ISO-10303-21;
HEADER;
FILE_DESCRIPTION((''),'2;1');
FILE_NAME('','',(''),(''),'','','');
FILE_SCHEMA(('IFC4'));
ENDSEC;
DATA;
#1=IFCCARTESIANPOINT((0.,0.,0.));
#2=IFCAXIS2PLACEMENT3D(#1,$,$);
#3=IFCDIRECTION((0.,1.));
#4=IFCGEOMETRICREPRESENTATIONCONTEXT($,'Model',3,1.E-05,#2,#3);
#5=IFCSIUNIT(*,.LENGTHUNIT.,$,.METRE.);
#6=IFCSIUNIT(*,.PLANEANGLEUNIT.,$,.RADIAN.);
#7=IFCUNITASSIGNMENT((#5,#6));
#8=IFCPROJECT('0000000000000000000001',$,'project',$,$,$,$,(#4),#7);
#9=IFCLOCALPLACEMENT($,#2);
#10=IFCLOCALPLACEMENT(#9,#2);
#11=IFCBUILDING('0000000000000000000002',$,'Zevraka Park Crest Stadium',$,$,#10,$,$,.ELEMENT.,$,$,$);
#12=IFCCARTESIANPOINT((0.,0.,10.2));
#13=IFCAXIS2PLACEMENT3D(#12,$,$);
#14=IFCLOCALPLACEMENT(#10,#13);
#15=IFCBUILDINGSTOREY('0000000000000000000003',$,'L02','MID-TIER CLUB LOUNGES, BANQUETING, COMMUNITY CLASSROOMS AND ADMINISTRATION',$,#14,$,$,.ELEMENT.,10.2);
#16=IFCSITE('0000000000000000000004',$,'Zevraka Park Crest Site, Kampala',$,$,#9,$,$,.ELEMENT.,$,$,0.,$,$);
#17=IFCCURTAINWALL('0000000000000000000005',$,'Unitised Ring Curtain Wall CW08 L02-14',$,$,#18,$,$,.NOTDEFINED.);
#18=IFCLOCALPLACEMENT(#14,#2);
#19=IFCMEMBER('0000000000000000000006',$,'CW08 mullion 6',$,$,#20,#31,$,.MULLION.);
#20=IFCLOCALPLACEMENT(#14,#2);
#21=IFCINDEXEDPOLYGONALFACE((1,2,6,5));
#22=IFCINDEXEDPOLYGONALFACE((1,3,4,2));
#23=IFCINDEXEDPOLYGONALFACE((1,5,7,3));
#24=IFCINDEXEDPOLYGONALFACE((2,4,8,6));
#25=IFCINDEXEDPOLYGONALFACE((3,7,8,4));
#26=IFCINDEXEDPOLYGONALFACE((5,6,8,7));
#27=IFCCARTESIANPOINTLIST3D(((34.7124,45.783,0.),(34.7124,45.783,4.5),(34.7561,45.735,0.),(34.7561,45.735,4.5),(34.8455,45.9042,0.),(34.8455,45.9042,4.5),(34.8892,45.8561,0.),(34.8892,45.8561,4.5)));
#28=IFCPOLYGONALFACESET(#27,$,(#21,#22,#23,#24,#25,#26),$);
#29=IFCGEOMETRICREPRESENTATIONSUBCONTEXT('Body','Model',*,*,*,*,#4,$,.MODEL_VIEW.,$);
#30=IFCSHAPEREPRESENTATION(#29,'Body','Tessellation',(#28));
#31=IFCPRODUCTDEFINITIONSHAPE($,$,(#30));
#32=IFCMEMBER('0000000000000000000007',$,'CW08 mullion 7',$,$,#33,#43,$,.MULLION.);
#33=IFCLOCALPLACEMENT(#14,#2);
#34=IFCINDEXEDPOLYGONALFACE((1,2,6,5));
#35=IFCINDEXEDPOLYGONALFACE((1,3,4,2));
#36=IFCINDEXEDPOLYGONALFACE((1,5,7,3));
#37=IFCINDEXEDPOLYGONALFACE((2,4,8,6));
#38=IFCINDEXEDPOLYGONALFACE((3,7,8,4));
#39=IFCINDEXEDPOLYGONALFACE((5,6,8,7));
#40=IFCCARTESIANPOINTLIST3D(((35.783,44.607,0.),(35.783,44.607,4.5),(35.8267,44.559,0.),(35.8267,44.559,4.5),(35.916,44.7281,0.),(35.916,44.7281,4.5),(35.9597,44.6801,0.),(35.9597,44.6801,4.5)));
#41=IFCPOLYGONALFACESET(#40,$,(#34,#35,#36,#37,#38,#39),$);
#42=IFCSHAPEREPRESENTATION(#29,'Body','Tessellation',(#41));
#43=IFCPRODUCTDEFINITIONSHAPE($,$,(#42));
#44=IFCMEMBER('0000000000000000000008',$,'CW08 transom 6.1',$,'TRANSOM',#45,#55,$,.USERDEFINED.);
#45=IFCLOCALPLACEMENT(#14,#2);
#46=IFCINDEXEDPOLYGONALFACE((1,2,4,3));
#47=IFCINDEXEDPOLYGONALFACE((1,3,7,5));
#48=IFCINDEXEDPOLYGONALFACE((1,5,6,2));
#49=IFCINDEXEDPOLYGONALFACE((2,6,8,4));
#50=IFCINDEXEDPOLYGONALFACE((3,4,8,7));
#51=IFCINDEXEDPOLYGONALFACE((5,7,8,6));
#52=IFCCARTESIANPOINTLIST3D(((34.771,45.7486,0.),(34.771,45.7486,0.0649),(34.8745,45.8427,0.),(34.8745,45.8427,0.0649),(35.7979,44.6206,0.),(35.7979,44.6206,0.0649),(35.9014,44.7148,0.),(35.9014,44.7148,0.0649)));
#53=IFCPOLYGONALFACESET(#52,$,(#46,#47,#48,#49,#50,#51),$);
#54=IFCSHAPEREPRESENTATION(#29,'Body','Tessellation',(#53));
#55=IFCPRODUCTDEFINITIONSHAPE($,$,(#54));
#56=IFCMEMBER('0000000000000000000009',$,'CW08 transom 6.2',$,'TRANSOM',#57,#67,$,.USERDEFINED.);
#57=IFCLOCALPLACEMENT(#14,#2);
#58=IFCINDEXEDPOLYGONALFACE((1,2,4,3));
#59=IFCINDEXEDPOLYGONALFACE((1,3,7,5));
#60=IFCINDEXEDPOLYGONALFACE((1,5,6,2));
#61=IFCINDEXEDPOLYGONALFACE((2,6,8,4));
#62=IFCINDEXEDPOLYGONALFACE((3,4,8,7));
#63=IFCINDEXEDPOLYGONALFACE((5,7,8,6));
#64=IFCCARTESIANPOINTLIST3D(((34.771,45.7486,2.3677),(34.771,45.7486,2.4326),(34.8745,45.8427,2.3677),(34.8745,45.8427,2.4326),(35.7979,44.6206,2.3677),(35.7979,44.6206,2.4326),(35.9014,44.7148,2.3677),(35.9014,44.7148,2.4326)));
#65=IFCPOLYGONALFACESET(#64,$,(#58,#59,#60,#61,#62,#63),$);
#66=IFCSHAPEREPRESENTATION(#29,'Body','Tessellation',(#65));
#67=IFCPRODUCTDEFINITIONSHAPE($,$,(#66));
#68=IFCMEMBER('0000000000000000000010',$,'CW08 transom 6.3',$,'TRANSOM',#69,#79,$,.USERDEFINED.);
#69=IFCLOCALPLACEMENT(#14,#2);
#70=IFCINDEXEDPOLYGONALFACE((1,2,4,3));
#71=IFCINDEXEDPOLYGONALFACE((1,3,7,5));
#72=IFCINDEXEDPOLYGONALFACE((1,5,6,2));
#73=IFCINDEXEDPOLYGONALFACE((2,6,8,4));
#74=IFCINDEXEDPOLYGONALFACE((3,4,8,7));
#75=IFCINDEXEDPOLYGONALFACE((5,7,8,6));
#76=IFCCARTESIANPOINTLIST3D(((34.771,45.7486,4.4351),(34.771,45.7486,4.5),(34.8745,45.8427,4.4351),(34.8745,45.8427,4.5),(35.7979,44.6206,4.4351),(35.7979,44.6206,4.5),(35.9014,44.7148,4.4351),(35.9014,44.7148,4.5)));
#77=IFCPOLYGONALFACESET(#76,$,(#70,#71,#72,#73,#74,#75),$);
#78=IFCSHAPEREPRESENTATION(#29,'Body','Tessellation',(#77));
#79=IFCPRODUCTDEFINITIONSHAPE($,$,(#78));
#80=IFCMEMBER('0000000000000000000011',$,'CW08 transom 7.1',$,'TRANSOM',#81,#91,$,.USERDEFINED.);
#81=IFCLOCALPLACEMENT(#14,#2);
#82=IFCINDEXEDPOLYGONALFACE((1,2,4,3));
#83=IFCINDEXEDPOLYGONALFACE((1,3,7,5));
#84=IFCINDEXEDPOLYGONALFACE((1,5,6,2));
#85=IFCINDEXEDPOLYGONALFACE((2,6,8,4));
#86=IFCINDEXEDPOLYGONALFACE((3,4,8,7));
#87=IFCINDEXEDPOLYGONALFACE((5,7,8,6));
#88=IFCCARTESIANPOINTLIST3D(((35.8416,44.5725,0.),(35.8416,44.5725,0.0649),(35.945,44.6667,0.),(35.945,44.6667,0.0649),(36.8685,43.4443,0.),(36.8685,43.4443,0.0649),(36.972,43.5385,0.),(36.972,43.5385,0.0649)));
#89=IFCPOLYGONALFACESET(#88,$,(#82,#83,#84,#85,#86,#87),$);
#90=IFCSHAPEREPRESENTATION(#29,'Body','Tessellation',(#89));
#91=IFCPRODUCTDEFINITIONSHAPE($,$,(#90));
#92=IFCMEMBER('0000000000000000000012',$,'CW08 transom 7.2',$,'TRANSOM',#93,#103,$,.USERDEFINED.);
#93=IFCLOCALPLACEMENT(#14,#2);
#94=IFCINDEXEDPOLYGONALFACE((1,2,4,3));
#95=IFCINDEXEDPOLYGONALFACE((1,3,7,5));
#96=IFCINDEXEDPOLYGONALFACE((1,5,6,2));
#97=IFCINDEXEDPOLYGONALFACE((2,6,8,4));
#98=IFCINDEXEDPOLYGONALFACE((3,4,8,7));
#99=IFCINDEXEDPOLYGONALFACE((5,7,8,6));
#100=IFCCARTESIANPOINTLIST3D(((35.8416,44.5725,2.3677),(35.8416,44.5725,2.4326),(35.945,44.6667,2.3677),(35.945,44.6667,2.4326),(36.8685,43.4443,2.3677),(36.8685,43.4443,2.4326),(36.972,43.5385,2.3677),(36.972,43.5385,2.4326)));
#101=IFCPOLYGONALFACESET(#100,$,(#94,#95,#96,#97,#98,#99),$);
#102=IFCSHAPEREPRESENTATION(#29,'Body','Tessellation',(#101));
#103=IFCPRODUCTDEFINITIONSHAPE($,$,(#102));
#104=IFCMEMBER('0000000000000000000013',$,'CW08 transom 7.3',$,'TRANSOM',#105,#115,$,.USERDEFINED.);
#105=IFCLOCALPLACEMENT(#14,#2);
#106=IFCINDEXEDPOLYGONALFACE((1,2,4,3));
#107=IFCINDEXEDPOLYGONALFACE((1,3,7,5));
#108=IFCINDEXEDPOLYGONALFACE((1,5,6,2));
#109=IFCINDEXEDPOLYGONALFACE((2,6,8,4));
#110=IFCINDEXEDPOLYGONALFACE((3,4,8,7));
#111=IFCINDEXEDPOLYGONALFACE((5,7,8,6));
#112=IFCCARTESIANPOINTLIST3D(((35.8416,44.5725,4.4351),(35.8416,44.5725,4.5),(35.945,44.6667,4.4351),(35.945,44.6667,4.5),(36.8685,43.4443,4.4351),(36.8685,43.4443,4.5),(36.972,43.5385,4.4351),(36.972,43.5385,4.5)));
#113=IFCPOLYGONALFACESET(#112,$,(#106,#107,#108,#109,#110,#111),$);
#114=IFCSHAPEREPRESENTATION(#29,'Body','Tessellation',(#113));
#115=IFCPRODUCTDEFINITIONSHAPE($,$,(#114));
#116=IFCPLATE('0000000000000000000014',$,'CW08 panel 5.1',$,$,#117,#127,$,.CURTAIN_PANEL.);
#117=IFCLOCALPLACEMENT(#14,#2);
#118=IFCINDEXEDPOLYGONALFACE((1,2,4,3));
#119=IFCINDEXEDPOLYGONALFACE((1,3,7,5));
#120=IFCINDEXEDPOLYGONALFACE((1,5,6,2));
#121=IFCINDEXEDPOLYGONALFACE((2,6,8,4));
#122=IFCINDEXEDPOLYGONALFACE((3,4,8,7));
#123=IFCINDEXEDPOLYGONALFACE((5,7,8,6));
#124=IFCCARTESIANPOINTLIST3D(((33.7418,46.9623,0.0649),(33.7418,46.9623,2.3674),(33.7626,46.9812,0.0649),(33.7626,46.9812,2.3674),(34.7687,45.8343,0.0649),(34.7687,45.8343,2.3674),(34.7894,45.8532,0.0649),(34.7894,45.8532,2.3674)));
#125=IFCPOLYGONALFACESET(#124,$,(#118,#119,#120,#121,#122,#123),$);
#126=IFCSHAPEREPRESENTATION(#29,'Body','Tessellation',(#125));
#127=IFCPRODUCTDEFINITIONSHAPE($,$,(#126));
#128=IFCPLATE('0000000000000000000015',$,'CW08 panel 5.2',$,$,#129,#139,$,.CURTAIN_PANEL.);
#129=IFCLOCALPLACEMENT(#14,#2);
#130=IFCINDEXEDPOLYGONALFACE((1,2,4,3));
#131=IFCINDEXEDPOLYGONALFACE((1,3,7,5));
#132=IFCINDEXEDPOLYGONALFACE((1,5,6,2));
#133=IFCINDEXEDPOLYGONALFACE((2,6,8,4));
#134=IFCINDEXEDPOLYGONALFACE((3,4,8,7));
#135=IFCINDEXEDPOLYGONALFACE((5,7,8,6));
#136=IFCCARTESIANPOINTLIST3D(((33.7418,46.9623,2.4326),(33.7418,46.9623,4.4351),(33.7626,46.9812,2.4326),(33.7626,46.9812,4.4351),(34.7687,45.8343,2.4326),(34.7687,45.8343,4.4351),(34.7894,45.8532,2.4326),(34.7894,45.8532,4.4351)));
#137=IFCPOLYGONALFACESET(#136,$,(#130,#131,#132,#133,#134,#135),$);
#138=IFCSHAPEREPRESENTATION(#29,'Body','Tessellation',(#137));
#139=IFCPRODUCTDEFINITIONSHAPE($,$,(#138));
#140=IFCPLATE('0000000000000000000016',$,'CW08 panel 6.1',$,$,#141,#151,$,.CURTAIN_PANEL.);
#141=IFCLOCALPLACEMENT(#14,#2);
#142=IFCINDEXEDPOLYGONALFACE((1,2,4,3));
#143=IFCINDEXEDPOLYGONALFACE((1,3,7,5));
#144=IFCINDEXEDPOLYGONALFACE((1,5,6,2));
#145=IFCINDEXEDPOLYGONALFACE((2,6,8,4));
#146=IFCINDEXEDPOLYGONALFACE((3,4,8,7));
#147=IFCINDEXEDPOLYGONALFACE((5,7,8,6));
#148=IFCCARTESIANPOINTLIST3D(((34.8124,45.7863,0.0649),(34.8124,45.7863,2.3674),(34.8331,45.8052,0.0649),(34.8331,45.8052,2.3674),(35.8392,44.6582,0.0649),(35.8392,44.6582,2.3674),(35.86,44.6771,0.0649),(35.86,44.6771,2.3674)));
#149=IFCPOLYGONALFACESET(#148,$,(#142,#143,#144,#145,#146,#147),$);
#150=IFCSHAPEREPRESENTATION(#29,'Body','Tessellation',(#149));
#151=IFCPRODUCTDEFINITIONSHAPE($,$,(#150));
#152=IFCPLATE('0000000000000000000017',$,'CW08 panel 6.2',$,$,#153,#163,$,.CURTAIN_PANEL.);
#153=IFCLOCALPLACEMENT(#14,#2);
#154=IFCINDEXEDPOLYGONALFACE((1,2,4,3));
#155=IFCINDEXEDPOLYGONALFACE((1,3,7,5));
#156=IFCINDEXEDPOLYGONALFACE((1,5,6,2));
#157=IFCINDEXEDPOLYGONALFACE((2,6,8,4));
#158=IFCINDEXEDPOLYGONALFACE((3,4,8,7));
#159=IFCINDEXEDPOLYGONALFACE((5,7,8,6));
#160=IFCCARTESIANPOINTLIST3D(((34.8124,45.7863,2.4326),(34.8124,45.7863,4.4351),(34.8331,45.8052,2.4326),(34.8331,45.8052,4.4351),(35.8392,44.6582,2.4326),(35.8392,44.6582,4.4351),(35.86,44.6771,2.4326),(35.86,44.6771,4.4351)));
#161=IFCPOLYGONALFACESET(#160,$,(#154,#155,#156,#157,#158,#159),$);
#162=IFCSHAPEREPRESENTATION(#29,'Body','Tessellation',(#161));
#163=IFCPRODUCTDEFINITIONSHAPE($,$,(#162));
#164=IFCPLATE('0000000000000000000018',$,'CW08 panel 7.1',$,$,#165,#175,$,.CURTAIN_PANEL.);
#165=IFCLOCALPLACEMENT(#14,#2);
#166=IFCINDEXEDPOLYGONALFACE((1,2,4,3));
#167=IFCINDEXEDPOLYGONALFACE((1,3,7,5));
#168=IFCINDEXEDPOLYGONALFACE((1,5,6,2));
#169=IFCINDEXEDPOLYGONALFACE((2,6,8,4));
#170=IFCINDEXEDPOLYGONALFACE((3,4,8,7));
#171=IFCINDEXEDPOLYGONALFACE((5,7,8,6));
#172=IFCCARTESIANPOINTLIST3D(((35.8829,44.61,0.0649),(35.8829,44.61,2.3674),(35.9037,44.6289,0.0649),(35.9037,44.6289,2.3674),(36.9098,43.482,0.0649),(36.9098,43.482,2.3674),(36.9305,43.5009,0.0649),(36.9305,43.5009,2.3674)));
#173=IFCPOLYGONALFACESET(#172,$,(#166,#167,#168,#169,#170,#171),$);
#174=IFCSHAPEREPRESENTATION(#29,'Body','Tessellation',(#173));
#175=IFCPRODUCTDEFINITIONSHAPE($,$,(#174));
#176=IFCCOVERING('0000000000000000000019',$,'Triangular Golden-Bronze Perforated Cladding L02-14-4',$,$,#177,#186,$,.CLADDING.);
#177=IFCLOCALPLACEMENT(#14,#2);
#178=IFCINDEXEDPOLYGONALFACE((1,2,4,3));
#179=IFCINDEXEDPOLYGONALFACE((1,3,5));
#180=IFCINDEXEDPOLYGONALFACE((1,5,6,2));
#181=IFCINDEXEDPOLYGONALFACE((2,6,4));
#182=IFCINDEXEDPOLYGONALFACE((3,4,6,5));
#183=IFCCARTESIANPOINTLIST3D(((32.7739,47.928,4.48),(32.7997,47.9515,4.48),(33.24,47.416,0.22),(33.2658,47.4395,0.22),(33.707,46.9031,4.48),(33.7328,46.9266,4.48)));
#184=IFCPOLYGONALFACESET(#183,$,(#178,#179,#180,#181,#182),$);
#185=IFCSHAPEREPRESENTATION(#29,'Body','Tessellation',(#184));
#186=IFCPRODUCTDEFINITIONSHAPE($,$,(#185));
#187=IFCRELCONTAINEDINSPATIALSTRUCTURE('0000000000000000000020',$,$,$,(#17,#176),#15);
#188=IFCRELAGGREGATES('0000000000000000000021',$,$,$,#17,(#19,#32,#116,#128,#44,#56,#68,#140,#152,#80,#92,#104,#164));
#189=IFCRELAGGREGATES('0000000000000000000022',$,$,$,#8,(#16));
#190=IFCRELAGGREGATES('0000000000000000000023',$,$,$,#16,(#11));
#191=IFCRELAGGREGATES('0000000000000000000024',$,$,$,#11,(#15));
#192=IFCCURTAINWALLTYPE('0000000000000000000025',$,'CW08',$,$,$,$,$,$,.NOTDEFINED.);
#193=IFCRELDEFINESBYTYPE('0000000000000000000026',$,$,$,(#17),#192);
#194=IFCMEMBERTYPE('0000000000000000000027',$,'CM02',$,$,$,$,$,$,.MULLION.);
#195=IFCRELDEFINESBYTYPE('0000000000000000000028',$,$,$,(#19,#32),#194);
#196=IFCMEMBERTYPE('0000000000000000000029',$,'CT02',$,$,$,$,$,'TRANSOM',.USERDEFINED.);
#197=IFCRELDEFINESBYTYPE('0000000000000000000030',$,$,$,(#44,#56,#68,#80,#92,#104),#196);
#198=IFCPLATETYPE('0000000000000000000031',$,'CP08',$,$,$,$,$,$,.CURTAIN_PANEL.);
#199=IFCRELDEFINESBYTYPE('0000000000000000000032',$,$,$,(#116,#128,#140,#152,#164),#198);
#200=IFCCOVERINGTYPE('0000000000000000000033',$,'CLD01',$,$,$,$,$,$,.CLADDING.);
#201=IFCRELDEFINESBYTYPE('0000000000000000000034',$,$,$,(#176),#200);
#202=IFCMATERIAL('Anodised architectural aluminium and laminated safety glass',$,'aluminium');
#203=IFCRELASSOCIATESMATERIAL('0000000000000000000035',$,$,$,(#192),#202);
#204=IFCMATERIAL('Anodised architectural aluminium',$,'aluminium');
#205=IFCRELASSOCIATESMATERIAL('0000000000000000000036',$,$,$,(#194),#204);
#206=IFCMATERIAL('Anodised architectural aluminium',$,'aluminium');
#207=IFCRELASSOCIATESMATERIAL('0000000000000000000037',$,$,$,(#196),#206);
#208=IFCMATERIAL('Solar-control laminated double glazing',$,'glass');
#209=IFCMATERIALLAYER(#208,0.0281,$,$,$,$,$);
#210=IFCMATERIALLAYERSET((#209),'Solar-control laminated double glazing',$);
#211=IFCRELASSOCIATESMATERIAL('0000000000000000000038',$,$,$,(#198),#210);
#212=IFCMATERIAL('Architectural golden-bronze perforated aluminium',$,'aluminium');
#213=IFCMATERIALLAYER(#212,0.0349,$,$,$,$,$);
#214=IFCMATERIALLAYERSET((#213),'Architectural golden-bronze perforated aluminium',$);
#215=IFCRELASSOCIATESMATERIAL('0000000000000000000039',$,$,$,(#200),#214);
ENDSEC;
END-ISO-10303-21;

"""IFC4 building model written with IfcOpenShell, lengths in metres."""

from ifc_helpers import new_model, si_unit, direction, frame, origin, origin_2d, place, context, subcontext, project, spatial, polyline, rectangle, outline, extrude, material, layer, layer_set, material_profile, profile_set, type_object, element, aggregate, save


model = new_model("IFC4")

# Units and contexts
model_context = context("Model", 3, precision=1e-05, world=origin(), true_north=direction((0.0, 1.0)))
body_context = subcontext(model_context, "Body", "Model", "MODEL_VIEW")
ifc_project = project(units=[si_unit("LENGTHUNIT", "METRE"), si_unit("PLANEANGLEUNIT", "RADIAN")], contexts=[model_context])

# Site, building, storey
site_placement = place(None, origin())
site = spatial("IfcSite", under=ifc_project, at=site_placement, Name="Zevraka Park Crest Site, Kampala", CompositionType="ELEMENT", RefElevation=0.0)
building_placement = place(site_placement, origin())
building = spatial("IfcBuilding", under=site, at=building_placement, Name="Zevraka Park Crest Stadium", CompositionType="ELEMENT")
storey_placement = place(building_placement, frame((0.0, 0.0, 10.2)))
storey = spatial("IfcBuildingStorey", under=building, at=storey_placement, Name="L02", Description="MID-TIER CLUB LOUNGES, BANQUETING, COMMUNITY CLASSROOMS AND ADMINISTRATION", CompositionType="ELEMENT", Elevation=10.2)

# Curtain wall, members, plates
ifc_material_1 = material(Name="Anodised architectural aluminium and laminated safety glass", Category="aluminium")
curtain_wall_type = type_object("IfcCurtainWallType", Name="CW08", PredefinedType="NOTDEFINED", material=ifc_material_1)
curtain_wall_placement = place(storey_placement, origin())
curtain_wall = element("IfcCurtainWall", 1, at=curtain_wall_placement, inside=storey, type_object=curtain_wall_type, Name="Unitised Ring Curtain Wall CW08 L02-14", PredefinedType="NOTDEFINED")
ifc_material_2 = material(Name="Anodised architectural aluminium", Category="aluminium")
ifc_material_profile_1 = material_profile(ifc_material_2, rectangle(XDim=0.1799, YDim=0.0649, at=origin_2d()), Name="ALU MULLION 180x65")
ifc_profile_set_1 = profile_set([ifc_material_profile_1], Name="Anodised architectural aluminium")
member_type_1 = type_object("IfcMemberType", Name="CM02", PredefinedType="MULLION", material=ifc_profile_set_1)
member_1_placement = place(storey_placement, frame((34.8008, 45.8196, 0.0), z_axis=(0.0, 0.0, 1.0), x_axis=(0.739497, 0.67316, 0.0)))
member_1 = element("IfcMember", 2, at=member_1_placement, type_object=member_type_1, Name="CW08 mullion 6", PredefinedType="MULLION", context=body_context, shape_type="SweptSolid", body=[
    extrude(rectangle(XDim=0.1799, YDim=0.0649, at=origin_2d()), origin(), (0.0, 0.0, 1.0), 4.5),
])
member_2_placement = place(storey_placement, frame((35.8713, 44.6436, 0.0), z_axis=(0.0, 0.0, 1.0), x_axis=(0.739497, 0.67316, 0.0)))
member_2 = element("IfcMember", 3, at=member_2_placement, type_object=member_type_1, Name="CW08 mullion 7", PredefinedType="MULLION", context=body_context, shape_type="SweptSolid", body=[
    extrude(rectangle(XDim=0.1799, YDim=0.0649, at=origin_2d()), origin(), (0.0, 0.0, 1.0), 4.5),
])
ifc_material_3 = material(Name="Anodised architectural aluminium", Category="aluminium")
ifc_material_profile_2 = material_profile(ifc_material_3, rectangle(XDim=0.1399, YDim=0.0649, at=origin_2d()), Name="ALU TRANSOM 140x65")
ifc_profile_set_2 = profile_set([ifc_material_profile_2], Name="Anodised architectural aluminium")
member_type_2 = type_object("IfcMemberType", Name="CT02", ElementType="TRANSOM", PredefinedType="USERDEFINED", material=ifc_profile_set_2)
member_3_placement = place(storey_placement, frame((34.8228, 45.7957, 0.0325), z_axis=(0.673198, -0.739462, 0.0), x_axis=(0.739462, 0.673198, 0.0)))
member_3 = element("IfcMember", 4, at=member_3_placement, type_object=member_type_2, Name="CW08 transom 6.1", ObjectType="TRANSOM", PredefinedType="USERDEFINED", context=body_context, shape_type="SweptSolid", body=[
    extrude(rectangle(XDim=0.1399, YDim=0.0649, at=origin_2d()), origin(), (0.0, 0.0, 1.0), 1.5254),
])
member_4_placement = place(storey_placement, frame((34.8228, 45.7957, 2.4001), z_axis=(0.673198, -0.739462, 0.0), x_axis=(0.739462, 0.673198, 0.0)))
member_4 = element("IfcMember", 5, at=member_4_placement, type_object=member_type_2, Name="CW08 transom 6.2", ObjectType="TRANSOM", PredefinedType="USERDEFINED", context=body_context, shape_type="SweptSolid", body=[
    extrude(rectangle(XDim=0.1399, YDim=0.0649, at=origin_2d()), origin(), (0.0, 0.0, 1.0), 1.5254),
])
member_5_placement = place(storey_placement, frame((34.8228, 45.7957, 4.4675), z_axis=(0.673198, -0.739462, 0.0), x_axis=(0.739462, 0.673198, 0.0)))
member_5 = element("IfcMember", 6, at=member_5_placement, type_object=member_type_2, Name="CW08 transom 6.3", ObjectType="TRANSOM", PredefinedType="USERDEFINED", context=body_context, shape_type="SweptSolid", body=[
    extrude(rectangle(XDim=0.1399, YDim=0.0649, at=origin_2d()), origin(), (0.0, 0.0, 1.0), 1.5254),
])
member_6_placement = place(storey_placement, frame((35.8933, 44.6196, 0.0325), z_axis=(0.673119, -0.739534, 0.0), x_axis=(0.739534, 0.673119, 0.0)))
member_6 = element("IfcMember", 7, at=member_6_placement, type_object=member_type_2, Name="CW08 transom 7.1", ObjectType="TRANSOM", PredefinedType="USERDEFINED", context=body_context, shape_type="SweptSolid", body=[
    extrude(rectangle(XDim=0.1399, YDim=0.0649, at=origin_2d()), origin(), (0.0, 0.0, 1.0), 1.5256),
])
member_7_placement = place(storey_placement, frame((35.8933, 44.6196, 2.4001), z_axis=(0.673119, -0.739534, 0.0), x_axis=(0.739534, 0.673119, 0.0)))
member_7 = element("IfcMember", 8, at=member_7_placement, type_object=member_type_2, Name="CW08 transom 7.2", ObjectType="TRANSOM", PredefinedType="USERDEFINED", context=body_context, shape_type="SweptSolid", body=[
    extrude(rectangle(XDim=0.1399, YDim=0.0649, at=origin_2d()), origin(), (0.0, 0.0, 1.0), 1.5256),
])
member_8_placement = place(storey_placement, frame((35.8933, 44.6196, 4.4675), z_axis=(0.673119, -0.739534, 0.0), x_axis=(0.739534, 0.673119, 0.0)))
member_8 = element("IfcMember", 9, at=member_8_placement, type_object=member_type_2, Name="CW08 transom 7.3", ObjectType="TRANSOM", PredefinedType="USERDEFINED", context=body_context, shape_type="SweptSolid", body=[
    extrude(rectangle(XDim=0.1399, YDim=0.0649, at=origin_2d()), origin(), (0.0, 0.0, 1.0), 1.5256),
])
ifc_material_4 = material(Name="Solar-control laminated double glazing", Category="glass")
ifc_layer_1 = layer(ifc_material_4, 0.0281)
ifc_layer_set_1 = layer_set([ifc_layer_1], Name="Solar-control laminated double glazing")
plate_type = type_object("IfcPlateType", Name="CP08", PredefinedType="CURTAIN_PANEL", material=ifc_layer_set_1)
plate_1_placement = place(storey_placement, frame((34.2656, 46.4077, 0.0649), z_axis=(0.0, 0.0, 1.0), x_axis=(0.67316, -0.739497, 0.0)))
plate_1 = element("IfcPlate", 10, at=plate_1_placement, type_object=plate_type, Name="CW08 panel 5.1", PredefinedType="CURTAIN_PANEL", context=body_context, shape_type="SweptSolid", body=[
    extrude(rectangle(XDim=1.5254, YDim=0.0281, at=origin_2d()), origin(), (0.0, 0.0, 1.0), 2.3025),
])
plate_2_placement = place(storey_placement, frame((34.2656, 46.4077, 2.4326), z_axis=(0.0, 0.0, 1.0), x_axis=(0.67316, -0.739497, 0.0)))
plate_2 = element("IfcPlate", 11, at=plate_2_placement, type_object=plate_type, Name="CW08 panel 5.2", PredefinedType="CURTAIN_PANEL", context=body_context, shape_type="SweptSolid", body=[
    extrude(rectangle(XDim=1.5254, YDim=0.0281, at=origin_2d()), origin(), (0.0, 0.0, 1.0), 2.0024),
])
plate_3_placement = place(storey_placement, frame((35.3362, 45.2317, 0.0649), z_axis=(0.0, 0.0, 1.0), x_axis=(0.67316, -0.739497, 0.0)))
plate_3 = element("IfcPlate", 12, at=plate_3_placement, type_object=plate_type, Name="CW08 panel 6.1", PredefinedType="CURTAIN_PANEL", context=body_context, shape_type="SweptSolid", body=[
    extrude(rectangle(XDim=1.5254, YDim=0.0281, at=origin_2d()), origin(), (0.0, 0.0, 1.0), 2.3025),
])
plate_4_placement = place(storey_placement, frame((35.3362, 45.2317, 2.4326), z_axis=(0.0, 0.0, 1.0), x_axis=(0.67316, -0.739497, 0.0)))
plate_4 = element("IfcPlate", 13, at=plate_4_placement, type_object=plate_type, Name="CW08 panel 6.2", PredefinedType="CURTAIN_PANEL", context=body_context, shape_type="SweptSolid", body=[
    extrude(rectangle(XDim=1.5254, YDim=0.0281, at=origin_2d()), origin(), (0.0, 0.0, 1.0), 2.0024),
])
plate_5_placement = place(storey_placement, frame((36.4067, 44.0554, 0.0649), z_axis=(0.0, 0.0, 1.0), x_axis=(0.67316, -0.739497, 0.0)))
plate_5 = element("IfcPlate", 14, at=plate_5_placement, type_object=plate_type, Name="CW08 panel 7.1", PredefinedType="CURTAIN_PANEL", context=body_context, shape_type="SweptSolid", body=[
    extrude(rectangle(XDim=1.5254, YDim=0.0281, at=origin_2d()), origin(), (0.0, 0.0, 1.0), 2.3025),
])
aggregate(curtain_wall, [member_1, member_2, plate_1, plate_2, member_3, member_4, member_5, plate_3, plate_4, member_6, member_7, member_8, plate_5])

# Covering
ifc_material_5 = material(Name="Architectural golden-bronze perforated aluminium", Category="aluminium")
ifc_layer_2 = layer(ifc_material_5, 0.0349)
ifc_layer_set_2 = layer_set([ifc_layer_2], Name="Architectural golden-bronze perforated aluminium")
covering_type = type_object("IfcCoveringType", Name="CLD01", PredefinedType="CLADDING", material=ifc_layer_set_2)
covering_1_placement = place(storey_placement, frame((33.707, 46.9031, 4.48), z_axis=(-0.739446, -0.673216, 0.000008), x_axis=(-0.673216, 0.739446, 0.0)))
element("IfcCovering", 15, at=covering_1_placement, inside=storey, type_object=covering_type, Name="Triangular Golden-Bronze Perforated Cladding L02-14-4", PredefinedType="CLADDING", context=body_context, shape_type="SweptSolid", body=[
    extrude(outline(polyline([(0.0, 0.0), (1.386, 0.0), (0.6937, 4.26), (0.0, 0.0)])), origin(), (0.0, 0.0, -1.0), 0.0349),
])

save(model, "model.ifc")
